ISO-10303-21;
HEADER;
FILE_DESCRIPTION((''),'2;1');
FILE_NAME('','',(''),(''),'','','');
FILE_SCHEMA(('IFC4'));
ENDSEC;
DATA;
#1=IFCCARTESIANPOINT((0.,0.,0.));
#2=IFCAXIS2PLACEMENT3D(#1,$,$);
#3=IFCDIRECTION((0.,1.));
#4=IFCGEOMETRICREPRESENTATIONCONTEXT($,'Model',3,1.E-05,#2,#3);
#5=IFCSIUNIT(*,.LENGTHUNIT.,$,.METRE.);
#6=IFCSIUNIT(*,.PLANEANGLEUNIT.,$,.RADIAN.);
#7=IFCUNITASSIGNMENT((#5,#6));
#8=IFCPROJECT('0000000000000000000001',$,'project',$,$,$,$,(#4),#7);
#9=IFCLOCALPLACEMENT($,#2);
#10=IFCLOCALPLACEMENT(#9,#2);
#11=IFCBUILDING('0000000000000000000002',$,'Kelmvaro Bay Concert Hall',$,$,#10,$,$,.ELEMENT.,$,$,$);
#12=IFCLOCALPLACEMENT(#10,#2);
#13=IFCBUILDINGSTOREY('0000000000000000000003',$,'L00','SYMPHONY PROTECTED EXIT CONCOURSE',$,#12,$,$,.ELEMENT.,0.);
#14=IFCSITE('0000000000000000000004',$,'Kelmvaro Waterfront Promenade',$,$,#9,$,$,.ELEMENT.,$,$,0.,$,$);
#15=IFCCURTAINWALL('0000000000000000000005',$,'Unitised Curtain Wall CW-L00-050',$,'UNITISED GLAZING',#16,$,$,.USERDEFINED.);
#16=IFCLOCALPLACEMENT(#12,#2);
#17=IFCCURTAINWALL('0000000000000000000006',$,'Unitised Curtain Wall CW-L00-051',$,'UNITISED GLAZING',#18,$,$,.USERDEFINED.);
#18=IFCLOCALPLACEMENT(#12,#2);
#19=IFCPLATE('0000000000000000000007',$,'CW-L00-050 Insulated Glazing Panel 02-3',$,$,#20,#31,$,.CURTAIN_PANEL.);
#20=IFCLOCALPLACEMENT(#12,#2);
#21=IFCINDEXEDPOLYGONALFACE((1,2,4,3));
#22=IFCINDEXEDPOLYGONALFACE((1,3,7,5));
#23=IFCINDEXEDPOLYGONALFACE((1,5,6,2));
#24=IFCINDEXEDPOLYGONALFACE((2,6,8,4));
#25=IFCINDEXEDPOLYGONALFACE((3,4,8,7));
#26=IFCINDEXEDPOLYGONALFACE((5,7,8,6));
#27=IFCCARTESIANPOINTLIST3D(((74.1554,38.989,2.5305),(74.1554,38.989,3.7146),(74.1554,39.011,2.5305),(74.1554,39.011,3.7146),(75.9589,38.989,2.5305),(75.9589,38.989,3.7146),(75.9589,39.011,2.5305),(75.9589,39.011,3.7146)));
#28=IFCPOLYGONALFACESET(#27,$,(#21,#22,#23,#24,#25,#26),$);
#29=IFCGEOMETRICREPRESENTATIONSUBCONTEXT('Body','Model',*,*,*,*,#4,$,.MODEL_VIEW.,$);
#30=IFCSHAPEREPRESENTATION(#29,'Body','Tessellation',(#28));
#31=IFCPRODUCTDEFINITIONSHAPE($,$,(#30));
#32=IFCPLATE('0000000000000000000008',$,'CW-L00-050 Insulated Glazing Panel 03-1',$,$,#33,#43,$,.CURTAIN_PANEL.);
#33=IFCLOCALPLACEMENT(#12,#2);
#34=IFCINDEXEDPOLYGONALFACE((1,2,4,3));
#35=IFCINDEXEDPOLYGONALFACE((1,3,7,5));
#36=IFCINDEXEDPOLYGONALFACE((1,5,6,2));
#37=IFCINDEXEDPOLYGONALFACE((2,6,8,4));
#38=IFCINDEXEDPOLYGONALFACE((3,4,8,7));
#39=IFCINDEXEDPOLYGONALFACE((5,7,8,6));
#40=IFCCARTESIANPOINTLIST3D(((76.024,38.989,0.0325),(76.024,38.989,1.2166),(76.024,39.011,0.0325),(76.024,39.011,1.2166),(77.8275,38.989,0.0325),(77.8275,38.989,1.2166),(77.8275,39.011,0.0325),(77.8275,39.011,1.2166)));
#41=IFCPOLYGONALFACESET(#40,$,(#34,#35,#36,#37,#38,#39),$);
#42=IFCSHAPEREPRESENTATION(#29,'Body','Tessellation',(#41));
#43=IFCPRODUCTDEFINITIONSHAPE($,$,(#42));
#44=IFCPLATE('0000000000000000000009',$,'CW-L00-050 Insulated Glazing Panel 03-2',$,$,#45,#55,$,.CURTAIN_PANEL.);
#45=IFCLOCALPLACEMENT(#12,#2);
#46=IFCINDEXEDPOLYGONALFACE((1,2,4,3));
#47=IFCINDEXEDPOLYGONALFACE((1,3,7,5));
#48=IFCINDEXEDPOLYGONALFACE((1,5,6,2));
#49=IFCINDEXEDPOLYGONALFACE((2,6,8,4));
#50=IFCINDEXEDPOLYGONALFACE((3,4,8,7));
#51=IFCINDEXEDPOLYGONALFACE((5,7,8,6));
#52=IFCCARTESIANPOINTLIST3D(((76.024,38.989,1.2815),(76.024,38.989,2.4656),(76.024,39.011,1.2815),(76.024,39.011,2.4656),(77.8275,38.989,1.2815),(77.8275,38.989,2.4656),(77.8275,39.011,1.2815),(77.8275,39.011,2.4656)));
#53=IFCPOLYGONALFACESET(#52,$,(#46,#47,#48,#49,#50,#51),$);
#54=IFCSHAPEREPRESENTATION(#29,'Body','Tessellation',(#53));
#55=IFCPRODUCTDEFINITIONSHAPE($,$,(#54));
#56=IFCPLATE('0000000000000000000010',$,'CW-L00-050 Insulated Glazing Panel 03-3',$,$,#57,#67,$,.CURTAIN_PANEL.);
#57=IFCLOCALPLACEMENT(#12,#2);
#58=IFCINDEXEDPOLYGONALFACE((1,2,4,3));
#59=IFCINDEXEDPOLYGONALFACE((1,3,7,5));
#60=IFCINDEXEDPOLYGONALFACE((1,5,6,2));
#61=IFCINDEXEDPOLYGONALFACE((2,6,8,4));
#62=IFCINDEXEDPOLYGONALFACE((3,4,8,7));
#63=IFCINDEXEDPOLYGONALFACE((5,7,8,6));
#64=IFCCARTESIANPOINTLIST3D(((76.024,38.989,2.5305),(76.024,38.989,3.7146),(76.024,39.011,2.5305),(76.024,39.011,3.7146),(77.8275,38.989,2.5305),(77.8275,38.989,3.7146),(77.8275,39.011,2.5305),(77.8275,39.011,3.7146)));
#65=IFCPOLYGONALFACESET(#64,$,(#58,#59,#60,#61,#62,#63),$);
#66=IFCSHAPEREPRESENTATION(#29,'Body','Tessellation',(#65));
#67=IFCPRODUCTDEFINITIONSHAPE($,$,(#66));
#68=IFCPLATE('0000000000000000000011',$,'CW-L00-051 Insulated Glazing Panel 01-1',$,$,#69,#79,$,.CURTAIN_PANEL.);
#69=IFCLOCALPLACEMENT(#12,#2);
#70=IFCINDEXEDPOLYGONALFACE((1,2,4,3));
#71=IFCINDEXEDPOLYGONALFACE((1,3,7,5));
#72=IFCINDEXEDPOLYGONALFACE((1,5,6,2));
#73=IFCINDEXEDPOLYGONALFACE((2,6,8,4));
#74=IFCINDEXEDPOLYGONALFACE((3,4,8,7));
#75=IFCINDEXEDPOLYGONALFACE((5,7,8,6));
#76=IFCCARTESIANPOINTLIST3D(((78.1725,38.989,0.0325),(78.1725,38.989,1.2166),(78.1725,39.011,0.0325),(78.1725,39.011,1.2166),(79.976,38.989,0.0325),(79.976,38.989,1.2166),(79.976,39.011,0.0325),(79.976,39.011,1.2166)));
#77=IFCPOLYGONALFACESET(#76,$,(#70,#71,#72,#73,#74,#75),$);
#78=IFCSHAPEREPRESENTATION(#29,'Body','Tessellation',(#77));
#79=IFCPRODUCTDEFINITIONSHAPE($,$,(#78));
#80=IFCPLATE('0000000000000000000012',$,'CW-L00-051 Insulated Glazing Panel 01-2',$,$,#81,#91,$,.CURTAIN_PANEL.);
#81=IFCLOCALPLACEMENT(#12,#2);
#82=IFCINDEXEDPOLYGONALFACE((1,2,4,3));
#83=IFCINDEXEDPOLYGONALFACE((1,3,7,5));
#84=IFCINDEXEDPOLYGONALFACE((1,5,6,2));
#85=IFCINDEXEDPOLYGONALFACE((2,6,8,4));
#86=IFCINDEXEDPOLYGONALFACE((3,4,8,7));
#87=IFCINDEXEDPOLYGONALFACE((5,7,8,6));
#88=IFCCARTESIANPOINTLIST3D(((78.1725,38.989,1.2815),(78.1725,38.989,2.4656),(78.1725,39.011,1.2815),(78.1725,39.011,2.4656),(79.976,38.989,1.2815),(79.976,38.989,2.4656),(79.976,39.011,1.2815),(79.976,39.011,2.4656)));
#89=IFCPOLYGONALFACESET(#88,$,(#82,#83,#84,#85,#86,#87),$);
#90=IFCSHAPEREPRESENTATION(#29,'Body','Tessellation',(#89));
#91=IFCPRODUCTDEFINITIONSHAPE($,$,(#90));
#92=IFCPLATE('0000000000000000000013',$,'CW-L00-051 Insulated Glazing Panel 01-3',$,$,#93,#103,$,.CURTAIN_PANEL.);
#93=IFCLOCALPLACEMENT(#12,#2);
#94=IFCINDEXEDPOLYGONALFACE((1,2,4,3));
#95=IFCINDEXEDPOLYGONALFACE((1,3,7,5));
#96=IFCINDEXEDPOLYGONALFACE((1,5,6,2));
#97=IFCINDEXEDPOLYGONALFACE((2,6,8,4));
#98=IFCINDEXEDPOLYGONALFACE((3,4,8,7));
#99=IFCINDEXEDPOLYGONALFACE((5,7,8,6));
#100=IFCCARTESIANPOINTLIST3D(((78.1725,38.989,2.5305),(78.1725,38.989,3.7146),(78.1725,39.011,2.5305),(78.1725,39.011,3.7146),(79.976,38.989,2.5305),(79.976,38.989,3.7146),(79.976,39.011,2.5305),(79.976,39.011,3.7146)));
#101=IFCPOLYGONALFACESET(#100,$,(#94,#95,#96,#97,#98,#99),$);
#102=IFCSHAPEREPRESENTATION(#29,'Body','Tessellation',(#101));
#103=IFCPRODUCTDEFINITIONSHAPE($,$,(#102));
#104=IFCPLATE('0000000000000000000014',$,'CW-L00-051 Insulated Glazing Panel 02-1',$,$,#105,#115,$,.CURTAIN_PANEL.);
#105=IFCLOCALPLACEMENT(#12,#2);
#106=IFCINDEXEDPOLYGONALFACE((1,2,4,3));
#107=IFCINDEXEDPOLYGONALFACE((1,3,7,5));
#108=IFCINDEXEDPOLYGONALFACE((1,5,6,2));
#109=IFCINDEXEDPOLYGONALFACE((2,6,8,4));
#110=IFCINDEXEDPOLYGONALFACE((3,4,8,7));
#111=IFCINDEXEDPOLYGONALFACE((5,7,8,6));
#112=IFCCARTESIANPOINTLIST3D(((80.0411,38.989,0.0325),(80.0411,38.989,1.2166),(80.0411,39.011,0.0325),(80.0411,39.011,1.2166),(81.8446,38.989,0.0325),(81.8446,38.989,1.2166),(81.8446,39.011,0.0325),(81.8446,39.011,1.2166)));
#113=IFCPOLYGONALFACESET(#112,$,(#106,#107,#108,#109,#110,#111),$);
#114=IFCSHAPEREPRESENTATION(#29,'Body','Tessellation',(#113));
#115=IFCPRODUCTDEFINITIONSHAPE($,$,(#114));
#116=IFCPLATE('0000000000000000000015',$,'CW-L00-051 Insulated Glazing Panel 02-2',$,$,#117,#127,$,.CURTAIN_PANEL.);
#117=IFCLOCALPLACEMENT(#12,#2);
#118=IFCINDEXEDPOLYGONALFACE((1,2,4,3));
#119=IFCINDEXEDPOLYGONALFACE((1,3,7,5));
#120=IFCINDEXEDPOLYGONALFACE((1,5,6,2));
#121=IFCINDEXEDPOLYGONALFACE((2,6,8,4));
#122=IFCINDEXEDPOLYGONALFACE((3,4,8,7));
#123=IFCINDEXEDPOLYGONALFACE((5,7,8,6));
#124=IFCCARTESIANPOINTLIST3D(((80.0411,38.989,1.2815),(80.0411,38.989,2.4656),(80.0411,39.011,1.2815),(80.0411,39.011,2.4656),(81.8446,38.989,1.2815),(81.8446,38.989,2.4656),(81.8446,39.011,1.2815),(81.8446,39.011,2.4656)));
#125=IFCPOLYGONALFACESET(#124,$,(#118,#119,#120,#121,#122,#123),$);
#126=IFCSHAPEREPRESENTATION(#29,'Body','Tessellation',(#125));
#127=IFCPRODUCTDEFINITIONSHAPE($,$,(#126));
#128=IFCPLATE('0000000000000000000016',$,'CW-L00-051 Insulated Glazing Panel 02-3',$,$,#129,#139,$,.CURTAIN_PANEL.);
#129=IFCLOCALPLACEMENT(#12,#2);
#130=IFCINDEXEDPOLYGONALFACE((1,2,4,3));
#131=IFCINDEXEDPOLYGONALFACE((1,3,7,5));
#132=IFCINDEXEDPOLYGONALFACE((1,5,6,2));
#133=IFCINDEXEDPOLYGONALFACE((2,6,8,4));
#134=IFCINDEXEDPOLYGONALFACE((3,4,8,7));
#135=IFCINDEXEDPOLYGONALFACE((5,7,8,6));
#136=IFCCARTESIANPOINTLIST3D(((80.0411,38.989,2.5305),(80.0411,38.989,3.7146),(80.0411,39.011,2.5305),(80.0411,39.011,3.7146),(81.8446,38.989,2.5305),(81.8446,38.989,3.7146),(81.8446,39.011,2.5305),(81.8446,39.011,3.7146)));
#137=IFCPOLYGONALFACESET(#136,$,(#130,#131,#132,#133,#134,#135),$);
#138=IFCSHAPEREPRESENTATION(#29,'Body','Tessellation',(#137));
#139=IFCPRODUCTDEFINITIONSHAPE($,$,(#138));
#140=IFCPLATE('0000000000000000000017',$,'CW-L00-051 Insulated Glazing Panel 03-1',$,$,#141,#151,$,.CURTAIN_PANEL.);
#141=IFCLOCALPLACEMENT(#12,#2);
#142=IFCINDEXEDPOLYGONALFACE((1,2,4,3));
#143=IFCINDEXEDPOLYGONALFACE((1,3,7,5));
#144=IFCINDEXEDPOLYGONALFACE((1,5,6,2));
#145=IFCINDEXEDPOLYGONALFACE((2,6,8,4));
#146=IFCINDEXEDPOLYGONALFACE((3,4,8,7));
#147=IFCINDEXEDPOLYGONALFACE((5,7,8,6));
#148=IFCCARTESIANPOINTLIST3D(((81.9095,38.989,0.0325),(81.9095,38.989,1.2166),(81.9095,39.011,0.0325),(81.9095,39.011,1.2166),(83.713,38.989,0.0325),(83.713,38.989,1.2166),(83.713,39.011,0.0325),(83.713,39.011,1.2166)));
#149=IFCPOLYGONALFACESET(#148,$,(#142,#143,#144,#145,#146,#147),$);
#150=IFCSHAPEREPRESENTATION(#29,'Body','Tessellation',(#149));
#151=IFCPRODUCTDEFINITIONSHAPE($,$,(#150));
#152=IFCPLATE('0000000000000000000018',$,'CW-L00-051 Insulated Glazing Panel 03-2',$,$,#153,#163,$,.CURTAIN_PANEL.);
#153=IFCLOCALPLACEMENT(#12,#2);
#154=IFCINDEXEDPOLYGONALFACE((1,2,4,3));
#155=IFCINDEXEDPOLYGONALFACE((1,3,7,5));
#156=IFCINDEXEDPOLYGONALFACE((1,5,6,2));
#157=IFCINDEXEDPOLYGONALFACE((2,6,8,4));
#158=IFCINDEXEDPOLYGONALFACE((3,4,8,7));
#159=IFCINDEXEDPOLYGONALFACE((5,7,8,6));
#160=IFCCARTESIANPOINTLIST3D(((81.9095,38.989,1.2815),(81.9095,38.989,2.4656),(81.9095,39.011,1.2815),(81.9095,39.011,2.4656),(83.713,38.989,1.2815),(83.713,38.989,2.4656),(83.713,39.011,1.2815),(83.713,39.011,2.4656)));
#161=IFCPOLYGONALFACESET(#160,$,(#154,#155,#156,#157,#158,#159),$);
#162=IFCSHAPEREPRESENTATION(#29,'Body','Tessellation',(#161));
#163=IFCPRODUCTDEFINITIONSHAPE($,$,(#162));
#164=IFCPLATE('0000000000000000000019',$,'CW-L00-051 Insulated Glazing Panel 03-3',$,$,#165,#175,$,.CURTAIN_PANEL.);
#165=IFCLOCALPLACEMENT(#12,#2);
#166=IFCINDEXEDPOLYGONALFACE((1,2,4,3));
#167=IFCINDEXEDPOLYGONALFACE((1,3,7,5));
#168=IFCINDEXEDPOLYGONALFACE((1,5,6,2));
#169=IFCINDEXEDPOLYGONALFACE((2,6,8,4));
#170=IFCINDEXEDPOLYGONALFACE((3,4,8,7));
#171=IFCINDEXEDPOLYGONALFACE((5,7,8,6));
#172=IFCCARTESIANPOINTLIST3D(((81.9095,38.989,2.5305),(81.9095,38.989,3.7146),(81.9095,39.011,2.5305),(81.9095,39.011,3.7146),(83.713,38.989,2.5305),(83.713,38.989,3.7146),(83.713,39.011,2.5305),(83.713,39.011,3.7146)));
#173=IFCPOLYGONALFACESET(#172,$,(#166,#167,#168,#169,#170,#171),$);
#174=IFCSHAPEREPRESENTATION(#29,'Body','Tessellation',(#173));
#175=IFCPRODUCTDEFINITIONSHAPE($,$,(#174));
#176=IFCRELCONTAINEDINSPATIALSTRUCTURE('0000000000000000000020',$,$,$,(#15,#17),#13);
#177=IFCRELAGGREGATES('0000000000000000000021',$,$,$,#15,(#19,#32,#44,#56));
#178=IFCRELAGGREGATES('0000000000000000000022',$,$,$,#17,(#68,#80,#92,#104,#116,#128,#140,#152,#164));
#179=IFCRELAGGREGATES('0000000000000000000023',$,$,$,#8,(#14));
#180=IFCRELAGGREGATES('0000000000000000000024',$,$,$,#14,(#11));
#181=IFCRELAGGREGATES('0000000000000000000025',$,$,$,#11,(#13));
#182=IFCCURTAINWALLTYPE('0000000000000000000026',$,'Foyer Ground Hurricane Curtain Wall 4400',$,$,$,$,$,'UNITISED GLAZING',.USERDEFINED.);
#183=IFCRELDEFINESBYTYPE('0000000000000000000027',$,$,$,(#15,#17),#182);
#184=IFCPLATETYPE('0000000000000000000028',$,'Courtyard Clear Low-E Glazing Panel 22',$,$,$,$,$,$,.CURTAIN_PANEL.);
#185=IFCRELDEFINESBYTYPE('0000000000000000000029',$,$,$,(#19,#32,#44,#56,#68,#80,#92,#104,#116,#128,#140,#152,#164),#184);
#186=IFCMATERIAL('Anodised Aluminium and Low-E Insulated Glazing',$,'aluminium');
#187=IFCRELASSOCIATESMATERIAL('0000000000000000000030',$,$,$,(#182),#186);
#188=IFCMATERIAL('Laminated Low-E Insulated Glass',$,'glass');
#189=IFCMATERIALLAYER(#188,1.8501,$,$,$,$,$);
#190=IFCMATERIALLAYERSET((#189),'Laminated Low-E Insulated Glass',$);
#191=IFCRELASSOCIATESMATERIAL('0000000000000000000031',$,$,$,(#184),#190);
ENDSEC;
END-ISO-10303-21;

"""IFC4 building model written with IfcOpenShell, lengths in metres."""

from ifc_helpers import new_model, si_unit, direction, frame, origin, origin_2d, place, context, subcontext, project, spatial, rectangle, extrude, material, layer, layer_set, type_object, element, aggregate, save


model = new_model("IFC4")

# Units and contexts
model_context = context("Model", 3, precision=1e-05, world=origin(), true_north=direction((0.0, 1.0)))
body_context = subcontext(model_context, "Body", "Model", "MODEL_VIEW")
ifc_project = project(units=[si_unit("LENGTHUNIT", "METRE"), si_unit("PLANEANGLEUNIT", "RADIAN")], contexts=[model_context])

# Site, building, storey
site_placement = place(None, origin())
site = spatial("IfcSite", under=ifc_project, at=site_placement, Name="Kelmvaro Waterfront Promenade", CompositionType="ELEMENT", RefElevation=0.0)
building_placement = place(site_placement, origin())
building = spatial("IfcBuilding", under=site, at=building_placement, Name="Kelmvaro Bay Concert Hall", CompositionType="ELEMENT")
storey_placement = place(building_placement, origin())
storey = spatial("IfcBuildingStorey", under=building, at=storey_placement, Name="L00", Description="SYMPHONY PROTECTED EXIT CONCOURSE", CompositionType="ELEMENT", Elevation=0.0)

# Curtain walls
ifc_material_1 = material(Name="Anodised Aluminium and Low-E Insulated Glazing", Category="aluminium")
curtain_wall_type = type_object("IfcCurtainWallType", Name="Foyer Ground Hurricane Curtain Wall 4400", ElementType="UNITISED GLAZING", PredefinedType="USERDEFINED", material=ifc_material_1)
curtain_wall_1_placement = place(storey_placement, origin())
curtain_wall_1 = element("IfcCurtainWall", 1, at=curtain_wall_1_placement, inside=storey, type_object=curtain_wall_type, Name="Unitised Curtain Wall CW-L00-050", ObjectType="UNITISED GLAZING", PredefinedType="USERDEFINED")
curtain_wall_2_placement = place(storey_placement, origin())
curtain_wall_2 = element("IfcCurtainWall", 2, at=curtain_wall_2_placement, inside=storey, type_object=curtain_wall_type, Name="Unitised Curtain Wall CW-L00-051", ObjectType="UNITISED GLAZING", PredefinedType="USERDEFINED")

# Plates
ifc_material_2 = material(Name="Laminated Low-E Insulated Glass", Category="glass")
ifc_layer = layer(ifc_material_2, 1.8501)
ifc_layer_set = layer_set([ifc_layer], Name="Laminated Low-E Insulated Glass")
plate_type = type_object("IfcPlateType", Name="Courtyard Clear Low-E Glazing Panel 22", PredefinedType="CURTAIN_PANEL", material=ifc_layer_set)
plate_1_placement = place(storey_placement, frame((75.0571, 39.0, 2.5305), z_axis=(0.0, 0.0, 1.0), x_axis=(1.0, 0.0, 0.0)))
plate_1 = element("IfcPlate", 3, at=plate_1_placement, type_object=plate_type, Name="CW-L00-050 Insulated Glazing Panel 02-3", PredefinedType="CURTAIN_PANEL", context=body_context, shape_type="SweptSolid", body=[
    extrude(rectangle(XDim=1.8035, YDim=0.022, at=origin_2d()), origin(), (0.0, 0.0, 1.0), 1.1841),
])
plate_2_placement = place(storey_placement, frame((76.9258, 39.0, 0.0325), z_axis=(0.0, 0.0, 1.0), x_axis=(1.0, 0.0, 0.0)))
plate_2 = element("IfcPlate", 4, at=plate_2_placement, type_object=plate_type, Name="CW-L00-050 Insulated Glazing Panel 03-1", PredefinedType="CURTAIN_PANEL", context=body_context, shape_type="SweptSolid", body=[
    extrude(rectangle(XDim=1.8035, YDim=0.022, at=origin_2d()), origin(), (0.0, 0.0, 1.0), 1.1841),
])
plate_3_placement = place(storey_placement, frame((76.9258, 39.0, 1.2815), z_axis=(0.0, 0.0, 1.0), x_axis=(1.0, 0.0, 0.0)))
plate_3 = element("IfcPlate", 5, at=plate_3_placement, type_object=plate_type, Name="CW-L00-050 Insulated Glazing Panel 03-2", PredefinedType="CURTAIN_PANEL", context=body_context, shape_type="SweptSolid", body=[
    extrude(rectangle(XDim=1.8035, YDim=0.022, at=origin_2d()), origin(), (0.0, 0.0, 1.0), 1.1841),
])
plate_4_placement = place(storey_placement, frame((76.9258, 39.0, 2.5305), z_axis=(0.0, 0.0, 1.0), x_axis=(1.0, 0.0, 0.0)))
plate_4 = element("IfcPlate", 6, at=plate_4_placement, type_object=plate_type, Name="CW-L00-050 Insulated Glazing Panel 03-3", PredefinedType="CURTAIN_PANEL", context=body_context, shape_type="SweptSolid", body=[
    extrude(rectangle(XDim=1.8035, YDim=0.022, at=origin_2d()), origin(), (0.0, 0.0, 1.0), 1.1841),
])
aggregate(curtain_wall_1, [plate_1, plate_2, plate_3, plate_4])
plate_5_placement = place(storey_placement, frame((79.0742, 39.0, 0.0325), z_axis=(0.0, 0.0, 1.0), x_axis=(1.0, 0.0, 0.0)))
plate_5 = element("IfcPlate", 7, at=plate_5_placement, type_object=plate_type, Name="CW-L00-051 Insulated Glazing Panel 01-1", PredefinedType="CURTAIN_PANEL", context=body_context, shape_type="SweptSolid", body=[
    extrude(rectangle(XDim=1.8035, YDim=0.022, at=origin_2d()), origin(), (0.0, 0.0, 1.0), 1.1841),
])
plate_6_placement = place(storey_placement, frame((79.0742, 39.0, 1.2815), z_axis=(0.0, 0.0, 1.0), x_axis=(1.0, 0.0, 0.0)))
plate_6 = element("IfcPlate", 8, at=plate_6_placement, type_object=plate_type, Name="CW-L00-051 Insulated Glazing Panel 01-2", PredefinedType="CURTAIN_PANEL", context=body_context, shape_type="SweptSolid", body=[
    extrude(rectangle(XDim=1.8035, YDim=0.022, at=origin_2d()), origin(), (0.0, 0.0, 1.0), 1.1841),
])
plate_7_placement = place(storey_placement, frame((79.0742, 39.0, 2.5305), z_axis=(0.0, 0.0, 1.0), x_axis=(1.0, 0.0, 0.0)))
plate_7 = element("IfcPlate", 9, at=plate_7_placement, type_object=plate_type, Name="CW-L00-051 Insulated Glazing Panel 01-3", PredefinedType="CURTAIN_PANEL", context=body_context, shape_type="SweptSolid", body=[
    extrude(rectangle(XDim=1.8035, YDim=0.022, at=origin_2d()), origin(), (0.0, 0.0, 1.0), 1.1841),
])
plate_8_placement = place(storey_placement, frame((80.9429, 39.0, 0.0325), z_axis=(0.0, 0.0, 1.0), x_axis=(1.0, 0.0, 0.0)))
plate_8 = element("IfcPlate", 10, at=plate_8_placement, type_object=plate_type, Name="CW-L00-051 Insulated Glazing Panel 02-1", PredefinedType="CURTAIN_PANEL", context=body_context, shape_type="SweptSolid", body=[
    extrude(rectangle(XDim=1.8035, YDim=0.022, at=origin_2d()), origin(), (0.0, 0.0, 1.0), 1.1841),
])
plate_9_placement = place(storey_placement, frame((80.9429, 39.0, 1.2815), z_axis=(0.0, 0.0, 1.0), x_axis=(1.0, 0.0, 0.0)))
plate_9 = element("IfcPlate", 11, at=plate_9_placement, type_object=plate_type, Name="CW-L00-051 Insulated Glazing Panel 02-2", PredefinedType="CURTAIN_PANEL", context=body_context, shape_type="SweptSolid", body=[
    extrude(rectangle(XDim=1.8035, YDim=0.022, at=origin_2d()), origin(), (0.0, 0.0, 1.0), 1.1841),
])
plate_10_placement = place(storey_placement, frame((80.9429, 39.0, 2.5305), z_axis=(0.0, 0.0, 1.0), x_axis=(1.0, 0.0, 0.0)))
plate_10 = element("IfcPlate", 12, at=plate_10_placement, type_object=plate_type, Name="CW-L00-051 Insulated Glazing Panel 02-3", PredefinedType="CURTAIN_PANEL", context=body_context, shape_type="SweptSolid", body=[
    extrude(rectangle(XDim=1.8035, YDim=0.022, at=origin_2d()), origin(), (0.0, 0.0, 1.0), 1.1841),
])
plate_11_placement = place(storey_placement, frame((82.8113, 39.0, 0.0325), z_axis=(0.0, 0.0, 1.0), x_axis=(1.0, 0.0, 0.0)))
plate_11 = element("IfcPlate", 13, at=plate_11_placement, type_object=plate_type, Name="CW-L00-051 Insulated Glazing Panel 03-1", PredefinedType="CURTAIN_PANEL", context=body_context, shape_type="SweptSolid", body=[
    extrude(rectangle(XDim=1.8035, YDim=0.022, at=origin_2d()), origin(), (0.0, 0.0, 1.0), 1.1841),
])
plate_12_placement = place(storey_placement, frame((82.8113, 39.0, 1.2815), z_axis=(0.0, 0.0, 1.0), x_axis=(1.0, 0.0, 0.0)))
plate_12 = element("IfcPlate", 14, at=plate_12_placement, type_object=plate_type, Name="CW-L00-051 Insulated Glazing Panel 03-2", PredefinedType="CURTAIN_PANEL", context=body_context, shape_type="SweptSolid", body=[
    extrude(rectangle(XDim=1.8035, YDim=0.022, at=origin_2d()), origin(), (0.0, 0.0, 1.0), 1.1841),
])
plate_13_placement = place(storey_placement, frame((82.8113, 39.0, 2.5305), z_axis=(0.0, 0.0, 1.0), x_axis=(1.0, 0.0, 0.0)))
plate_13 = element("IfcPlate", 15, at=plate_13_placement, type_object=plate_type, Name="CW-L00-051 Insulated Glazing Panel 03-3", PredefinedType="CURTAIN_PANEL", context=body_context, shape_type="SweptSolid", body=[
    extrude(rectangle(XDim=1.8035, YDim=0.022, at=origin_2d()), origin(), (0.0, 0.0, 1.0), 1.1841),
])
aggregate(curtain_wall_2, [plate_5, plate_6, plate_7, plate_8, plate_9, plate_10, plate_11, plate_12, plate_13])

save(model, "model.ifc")
